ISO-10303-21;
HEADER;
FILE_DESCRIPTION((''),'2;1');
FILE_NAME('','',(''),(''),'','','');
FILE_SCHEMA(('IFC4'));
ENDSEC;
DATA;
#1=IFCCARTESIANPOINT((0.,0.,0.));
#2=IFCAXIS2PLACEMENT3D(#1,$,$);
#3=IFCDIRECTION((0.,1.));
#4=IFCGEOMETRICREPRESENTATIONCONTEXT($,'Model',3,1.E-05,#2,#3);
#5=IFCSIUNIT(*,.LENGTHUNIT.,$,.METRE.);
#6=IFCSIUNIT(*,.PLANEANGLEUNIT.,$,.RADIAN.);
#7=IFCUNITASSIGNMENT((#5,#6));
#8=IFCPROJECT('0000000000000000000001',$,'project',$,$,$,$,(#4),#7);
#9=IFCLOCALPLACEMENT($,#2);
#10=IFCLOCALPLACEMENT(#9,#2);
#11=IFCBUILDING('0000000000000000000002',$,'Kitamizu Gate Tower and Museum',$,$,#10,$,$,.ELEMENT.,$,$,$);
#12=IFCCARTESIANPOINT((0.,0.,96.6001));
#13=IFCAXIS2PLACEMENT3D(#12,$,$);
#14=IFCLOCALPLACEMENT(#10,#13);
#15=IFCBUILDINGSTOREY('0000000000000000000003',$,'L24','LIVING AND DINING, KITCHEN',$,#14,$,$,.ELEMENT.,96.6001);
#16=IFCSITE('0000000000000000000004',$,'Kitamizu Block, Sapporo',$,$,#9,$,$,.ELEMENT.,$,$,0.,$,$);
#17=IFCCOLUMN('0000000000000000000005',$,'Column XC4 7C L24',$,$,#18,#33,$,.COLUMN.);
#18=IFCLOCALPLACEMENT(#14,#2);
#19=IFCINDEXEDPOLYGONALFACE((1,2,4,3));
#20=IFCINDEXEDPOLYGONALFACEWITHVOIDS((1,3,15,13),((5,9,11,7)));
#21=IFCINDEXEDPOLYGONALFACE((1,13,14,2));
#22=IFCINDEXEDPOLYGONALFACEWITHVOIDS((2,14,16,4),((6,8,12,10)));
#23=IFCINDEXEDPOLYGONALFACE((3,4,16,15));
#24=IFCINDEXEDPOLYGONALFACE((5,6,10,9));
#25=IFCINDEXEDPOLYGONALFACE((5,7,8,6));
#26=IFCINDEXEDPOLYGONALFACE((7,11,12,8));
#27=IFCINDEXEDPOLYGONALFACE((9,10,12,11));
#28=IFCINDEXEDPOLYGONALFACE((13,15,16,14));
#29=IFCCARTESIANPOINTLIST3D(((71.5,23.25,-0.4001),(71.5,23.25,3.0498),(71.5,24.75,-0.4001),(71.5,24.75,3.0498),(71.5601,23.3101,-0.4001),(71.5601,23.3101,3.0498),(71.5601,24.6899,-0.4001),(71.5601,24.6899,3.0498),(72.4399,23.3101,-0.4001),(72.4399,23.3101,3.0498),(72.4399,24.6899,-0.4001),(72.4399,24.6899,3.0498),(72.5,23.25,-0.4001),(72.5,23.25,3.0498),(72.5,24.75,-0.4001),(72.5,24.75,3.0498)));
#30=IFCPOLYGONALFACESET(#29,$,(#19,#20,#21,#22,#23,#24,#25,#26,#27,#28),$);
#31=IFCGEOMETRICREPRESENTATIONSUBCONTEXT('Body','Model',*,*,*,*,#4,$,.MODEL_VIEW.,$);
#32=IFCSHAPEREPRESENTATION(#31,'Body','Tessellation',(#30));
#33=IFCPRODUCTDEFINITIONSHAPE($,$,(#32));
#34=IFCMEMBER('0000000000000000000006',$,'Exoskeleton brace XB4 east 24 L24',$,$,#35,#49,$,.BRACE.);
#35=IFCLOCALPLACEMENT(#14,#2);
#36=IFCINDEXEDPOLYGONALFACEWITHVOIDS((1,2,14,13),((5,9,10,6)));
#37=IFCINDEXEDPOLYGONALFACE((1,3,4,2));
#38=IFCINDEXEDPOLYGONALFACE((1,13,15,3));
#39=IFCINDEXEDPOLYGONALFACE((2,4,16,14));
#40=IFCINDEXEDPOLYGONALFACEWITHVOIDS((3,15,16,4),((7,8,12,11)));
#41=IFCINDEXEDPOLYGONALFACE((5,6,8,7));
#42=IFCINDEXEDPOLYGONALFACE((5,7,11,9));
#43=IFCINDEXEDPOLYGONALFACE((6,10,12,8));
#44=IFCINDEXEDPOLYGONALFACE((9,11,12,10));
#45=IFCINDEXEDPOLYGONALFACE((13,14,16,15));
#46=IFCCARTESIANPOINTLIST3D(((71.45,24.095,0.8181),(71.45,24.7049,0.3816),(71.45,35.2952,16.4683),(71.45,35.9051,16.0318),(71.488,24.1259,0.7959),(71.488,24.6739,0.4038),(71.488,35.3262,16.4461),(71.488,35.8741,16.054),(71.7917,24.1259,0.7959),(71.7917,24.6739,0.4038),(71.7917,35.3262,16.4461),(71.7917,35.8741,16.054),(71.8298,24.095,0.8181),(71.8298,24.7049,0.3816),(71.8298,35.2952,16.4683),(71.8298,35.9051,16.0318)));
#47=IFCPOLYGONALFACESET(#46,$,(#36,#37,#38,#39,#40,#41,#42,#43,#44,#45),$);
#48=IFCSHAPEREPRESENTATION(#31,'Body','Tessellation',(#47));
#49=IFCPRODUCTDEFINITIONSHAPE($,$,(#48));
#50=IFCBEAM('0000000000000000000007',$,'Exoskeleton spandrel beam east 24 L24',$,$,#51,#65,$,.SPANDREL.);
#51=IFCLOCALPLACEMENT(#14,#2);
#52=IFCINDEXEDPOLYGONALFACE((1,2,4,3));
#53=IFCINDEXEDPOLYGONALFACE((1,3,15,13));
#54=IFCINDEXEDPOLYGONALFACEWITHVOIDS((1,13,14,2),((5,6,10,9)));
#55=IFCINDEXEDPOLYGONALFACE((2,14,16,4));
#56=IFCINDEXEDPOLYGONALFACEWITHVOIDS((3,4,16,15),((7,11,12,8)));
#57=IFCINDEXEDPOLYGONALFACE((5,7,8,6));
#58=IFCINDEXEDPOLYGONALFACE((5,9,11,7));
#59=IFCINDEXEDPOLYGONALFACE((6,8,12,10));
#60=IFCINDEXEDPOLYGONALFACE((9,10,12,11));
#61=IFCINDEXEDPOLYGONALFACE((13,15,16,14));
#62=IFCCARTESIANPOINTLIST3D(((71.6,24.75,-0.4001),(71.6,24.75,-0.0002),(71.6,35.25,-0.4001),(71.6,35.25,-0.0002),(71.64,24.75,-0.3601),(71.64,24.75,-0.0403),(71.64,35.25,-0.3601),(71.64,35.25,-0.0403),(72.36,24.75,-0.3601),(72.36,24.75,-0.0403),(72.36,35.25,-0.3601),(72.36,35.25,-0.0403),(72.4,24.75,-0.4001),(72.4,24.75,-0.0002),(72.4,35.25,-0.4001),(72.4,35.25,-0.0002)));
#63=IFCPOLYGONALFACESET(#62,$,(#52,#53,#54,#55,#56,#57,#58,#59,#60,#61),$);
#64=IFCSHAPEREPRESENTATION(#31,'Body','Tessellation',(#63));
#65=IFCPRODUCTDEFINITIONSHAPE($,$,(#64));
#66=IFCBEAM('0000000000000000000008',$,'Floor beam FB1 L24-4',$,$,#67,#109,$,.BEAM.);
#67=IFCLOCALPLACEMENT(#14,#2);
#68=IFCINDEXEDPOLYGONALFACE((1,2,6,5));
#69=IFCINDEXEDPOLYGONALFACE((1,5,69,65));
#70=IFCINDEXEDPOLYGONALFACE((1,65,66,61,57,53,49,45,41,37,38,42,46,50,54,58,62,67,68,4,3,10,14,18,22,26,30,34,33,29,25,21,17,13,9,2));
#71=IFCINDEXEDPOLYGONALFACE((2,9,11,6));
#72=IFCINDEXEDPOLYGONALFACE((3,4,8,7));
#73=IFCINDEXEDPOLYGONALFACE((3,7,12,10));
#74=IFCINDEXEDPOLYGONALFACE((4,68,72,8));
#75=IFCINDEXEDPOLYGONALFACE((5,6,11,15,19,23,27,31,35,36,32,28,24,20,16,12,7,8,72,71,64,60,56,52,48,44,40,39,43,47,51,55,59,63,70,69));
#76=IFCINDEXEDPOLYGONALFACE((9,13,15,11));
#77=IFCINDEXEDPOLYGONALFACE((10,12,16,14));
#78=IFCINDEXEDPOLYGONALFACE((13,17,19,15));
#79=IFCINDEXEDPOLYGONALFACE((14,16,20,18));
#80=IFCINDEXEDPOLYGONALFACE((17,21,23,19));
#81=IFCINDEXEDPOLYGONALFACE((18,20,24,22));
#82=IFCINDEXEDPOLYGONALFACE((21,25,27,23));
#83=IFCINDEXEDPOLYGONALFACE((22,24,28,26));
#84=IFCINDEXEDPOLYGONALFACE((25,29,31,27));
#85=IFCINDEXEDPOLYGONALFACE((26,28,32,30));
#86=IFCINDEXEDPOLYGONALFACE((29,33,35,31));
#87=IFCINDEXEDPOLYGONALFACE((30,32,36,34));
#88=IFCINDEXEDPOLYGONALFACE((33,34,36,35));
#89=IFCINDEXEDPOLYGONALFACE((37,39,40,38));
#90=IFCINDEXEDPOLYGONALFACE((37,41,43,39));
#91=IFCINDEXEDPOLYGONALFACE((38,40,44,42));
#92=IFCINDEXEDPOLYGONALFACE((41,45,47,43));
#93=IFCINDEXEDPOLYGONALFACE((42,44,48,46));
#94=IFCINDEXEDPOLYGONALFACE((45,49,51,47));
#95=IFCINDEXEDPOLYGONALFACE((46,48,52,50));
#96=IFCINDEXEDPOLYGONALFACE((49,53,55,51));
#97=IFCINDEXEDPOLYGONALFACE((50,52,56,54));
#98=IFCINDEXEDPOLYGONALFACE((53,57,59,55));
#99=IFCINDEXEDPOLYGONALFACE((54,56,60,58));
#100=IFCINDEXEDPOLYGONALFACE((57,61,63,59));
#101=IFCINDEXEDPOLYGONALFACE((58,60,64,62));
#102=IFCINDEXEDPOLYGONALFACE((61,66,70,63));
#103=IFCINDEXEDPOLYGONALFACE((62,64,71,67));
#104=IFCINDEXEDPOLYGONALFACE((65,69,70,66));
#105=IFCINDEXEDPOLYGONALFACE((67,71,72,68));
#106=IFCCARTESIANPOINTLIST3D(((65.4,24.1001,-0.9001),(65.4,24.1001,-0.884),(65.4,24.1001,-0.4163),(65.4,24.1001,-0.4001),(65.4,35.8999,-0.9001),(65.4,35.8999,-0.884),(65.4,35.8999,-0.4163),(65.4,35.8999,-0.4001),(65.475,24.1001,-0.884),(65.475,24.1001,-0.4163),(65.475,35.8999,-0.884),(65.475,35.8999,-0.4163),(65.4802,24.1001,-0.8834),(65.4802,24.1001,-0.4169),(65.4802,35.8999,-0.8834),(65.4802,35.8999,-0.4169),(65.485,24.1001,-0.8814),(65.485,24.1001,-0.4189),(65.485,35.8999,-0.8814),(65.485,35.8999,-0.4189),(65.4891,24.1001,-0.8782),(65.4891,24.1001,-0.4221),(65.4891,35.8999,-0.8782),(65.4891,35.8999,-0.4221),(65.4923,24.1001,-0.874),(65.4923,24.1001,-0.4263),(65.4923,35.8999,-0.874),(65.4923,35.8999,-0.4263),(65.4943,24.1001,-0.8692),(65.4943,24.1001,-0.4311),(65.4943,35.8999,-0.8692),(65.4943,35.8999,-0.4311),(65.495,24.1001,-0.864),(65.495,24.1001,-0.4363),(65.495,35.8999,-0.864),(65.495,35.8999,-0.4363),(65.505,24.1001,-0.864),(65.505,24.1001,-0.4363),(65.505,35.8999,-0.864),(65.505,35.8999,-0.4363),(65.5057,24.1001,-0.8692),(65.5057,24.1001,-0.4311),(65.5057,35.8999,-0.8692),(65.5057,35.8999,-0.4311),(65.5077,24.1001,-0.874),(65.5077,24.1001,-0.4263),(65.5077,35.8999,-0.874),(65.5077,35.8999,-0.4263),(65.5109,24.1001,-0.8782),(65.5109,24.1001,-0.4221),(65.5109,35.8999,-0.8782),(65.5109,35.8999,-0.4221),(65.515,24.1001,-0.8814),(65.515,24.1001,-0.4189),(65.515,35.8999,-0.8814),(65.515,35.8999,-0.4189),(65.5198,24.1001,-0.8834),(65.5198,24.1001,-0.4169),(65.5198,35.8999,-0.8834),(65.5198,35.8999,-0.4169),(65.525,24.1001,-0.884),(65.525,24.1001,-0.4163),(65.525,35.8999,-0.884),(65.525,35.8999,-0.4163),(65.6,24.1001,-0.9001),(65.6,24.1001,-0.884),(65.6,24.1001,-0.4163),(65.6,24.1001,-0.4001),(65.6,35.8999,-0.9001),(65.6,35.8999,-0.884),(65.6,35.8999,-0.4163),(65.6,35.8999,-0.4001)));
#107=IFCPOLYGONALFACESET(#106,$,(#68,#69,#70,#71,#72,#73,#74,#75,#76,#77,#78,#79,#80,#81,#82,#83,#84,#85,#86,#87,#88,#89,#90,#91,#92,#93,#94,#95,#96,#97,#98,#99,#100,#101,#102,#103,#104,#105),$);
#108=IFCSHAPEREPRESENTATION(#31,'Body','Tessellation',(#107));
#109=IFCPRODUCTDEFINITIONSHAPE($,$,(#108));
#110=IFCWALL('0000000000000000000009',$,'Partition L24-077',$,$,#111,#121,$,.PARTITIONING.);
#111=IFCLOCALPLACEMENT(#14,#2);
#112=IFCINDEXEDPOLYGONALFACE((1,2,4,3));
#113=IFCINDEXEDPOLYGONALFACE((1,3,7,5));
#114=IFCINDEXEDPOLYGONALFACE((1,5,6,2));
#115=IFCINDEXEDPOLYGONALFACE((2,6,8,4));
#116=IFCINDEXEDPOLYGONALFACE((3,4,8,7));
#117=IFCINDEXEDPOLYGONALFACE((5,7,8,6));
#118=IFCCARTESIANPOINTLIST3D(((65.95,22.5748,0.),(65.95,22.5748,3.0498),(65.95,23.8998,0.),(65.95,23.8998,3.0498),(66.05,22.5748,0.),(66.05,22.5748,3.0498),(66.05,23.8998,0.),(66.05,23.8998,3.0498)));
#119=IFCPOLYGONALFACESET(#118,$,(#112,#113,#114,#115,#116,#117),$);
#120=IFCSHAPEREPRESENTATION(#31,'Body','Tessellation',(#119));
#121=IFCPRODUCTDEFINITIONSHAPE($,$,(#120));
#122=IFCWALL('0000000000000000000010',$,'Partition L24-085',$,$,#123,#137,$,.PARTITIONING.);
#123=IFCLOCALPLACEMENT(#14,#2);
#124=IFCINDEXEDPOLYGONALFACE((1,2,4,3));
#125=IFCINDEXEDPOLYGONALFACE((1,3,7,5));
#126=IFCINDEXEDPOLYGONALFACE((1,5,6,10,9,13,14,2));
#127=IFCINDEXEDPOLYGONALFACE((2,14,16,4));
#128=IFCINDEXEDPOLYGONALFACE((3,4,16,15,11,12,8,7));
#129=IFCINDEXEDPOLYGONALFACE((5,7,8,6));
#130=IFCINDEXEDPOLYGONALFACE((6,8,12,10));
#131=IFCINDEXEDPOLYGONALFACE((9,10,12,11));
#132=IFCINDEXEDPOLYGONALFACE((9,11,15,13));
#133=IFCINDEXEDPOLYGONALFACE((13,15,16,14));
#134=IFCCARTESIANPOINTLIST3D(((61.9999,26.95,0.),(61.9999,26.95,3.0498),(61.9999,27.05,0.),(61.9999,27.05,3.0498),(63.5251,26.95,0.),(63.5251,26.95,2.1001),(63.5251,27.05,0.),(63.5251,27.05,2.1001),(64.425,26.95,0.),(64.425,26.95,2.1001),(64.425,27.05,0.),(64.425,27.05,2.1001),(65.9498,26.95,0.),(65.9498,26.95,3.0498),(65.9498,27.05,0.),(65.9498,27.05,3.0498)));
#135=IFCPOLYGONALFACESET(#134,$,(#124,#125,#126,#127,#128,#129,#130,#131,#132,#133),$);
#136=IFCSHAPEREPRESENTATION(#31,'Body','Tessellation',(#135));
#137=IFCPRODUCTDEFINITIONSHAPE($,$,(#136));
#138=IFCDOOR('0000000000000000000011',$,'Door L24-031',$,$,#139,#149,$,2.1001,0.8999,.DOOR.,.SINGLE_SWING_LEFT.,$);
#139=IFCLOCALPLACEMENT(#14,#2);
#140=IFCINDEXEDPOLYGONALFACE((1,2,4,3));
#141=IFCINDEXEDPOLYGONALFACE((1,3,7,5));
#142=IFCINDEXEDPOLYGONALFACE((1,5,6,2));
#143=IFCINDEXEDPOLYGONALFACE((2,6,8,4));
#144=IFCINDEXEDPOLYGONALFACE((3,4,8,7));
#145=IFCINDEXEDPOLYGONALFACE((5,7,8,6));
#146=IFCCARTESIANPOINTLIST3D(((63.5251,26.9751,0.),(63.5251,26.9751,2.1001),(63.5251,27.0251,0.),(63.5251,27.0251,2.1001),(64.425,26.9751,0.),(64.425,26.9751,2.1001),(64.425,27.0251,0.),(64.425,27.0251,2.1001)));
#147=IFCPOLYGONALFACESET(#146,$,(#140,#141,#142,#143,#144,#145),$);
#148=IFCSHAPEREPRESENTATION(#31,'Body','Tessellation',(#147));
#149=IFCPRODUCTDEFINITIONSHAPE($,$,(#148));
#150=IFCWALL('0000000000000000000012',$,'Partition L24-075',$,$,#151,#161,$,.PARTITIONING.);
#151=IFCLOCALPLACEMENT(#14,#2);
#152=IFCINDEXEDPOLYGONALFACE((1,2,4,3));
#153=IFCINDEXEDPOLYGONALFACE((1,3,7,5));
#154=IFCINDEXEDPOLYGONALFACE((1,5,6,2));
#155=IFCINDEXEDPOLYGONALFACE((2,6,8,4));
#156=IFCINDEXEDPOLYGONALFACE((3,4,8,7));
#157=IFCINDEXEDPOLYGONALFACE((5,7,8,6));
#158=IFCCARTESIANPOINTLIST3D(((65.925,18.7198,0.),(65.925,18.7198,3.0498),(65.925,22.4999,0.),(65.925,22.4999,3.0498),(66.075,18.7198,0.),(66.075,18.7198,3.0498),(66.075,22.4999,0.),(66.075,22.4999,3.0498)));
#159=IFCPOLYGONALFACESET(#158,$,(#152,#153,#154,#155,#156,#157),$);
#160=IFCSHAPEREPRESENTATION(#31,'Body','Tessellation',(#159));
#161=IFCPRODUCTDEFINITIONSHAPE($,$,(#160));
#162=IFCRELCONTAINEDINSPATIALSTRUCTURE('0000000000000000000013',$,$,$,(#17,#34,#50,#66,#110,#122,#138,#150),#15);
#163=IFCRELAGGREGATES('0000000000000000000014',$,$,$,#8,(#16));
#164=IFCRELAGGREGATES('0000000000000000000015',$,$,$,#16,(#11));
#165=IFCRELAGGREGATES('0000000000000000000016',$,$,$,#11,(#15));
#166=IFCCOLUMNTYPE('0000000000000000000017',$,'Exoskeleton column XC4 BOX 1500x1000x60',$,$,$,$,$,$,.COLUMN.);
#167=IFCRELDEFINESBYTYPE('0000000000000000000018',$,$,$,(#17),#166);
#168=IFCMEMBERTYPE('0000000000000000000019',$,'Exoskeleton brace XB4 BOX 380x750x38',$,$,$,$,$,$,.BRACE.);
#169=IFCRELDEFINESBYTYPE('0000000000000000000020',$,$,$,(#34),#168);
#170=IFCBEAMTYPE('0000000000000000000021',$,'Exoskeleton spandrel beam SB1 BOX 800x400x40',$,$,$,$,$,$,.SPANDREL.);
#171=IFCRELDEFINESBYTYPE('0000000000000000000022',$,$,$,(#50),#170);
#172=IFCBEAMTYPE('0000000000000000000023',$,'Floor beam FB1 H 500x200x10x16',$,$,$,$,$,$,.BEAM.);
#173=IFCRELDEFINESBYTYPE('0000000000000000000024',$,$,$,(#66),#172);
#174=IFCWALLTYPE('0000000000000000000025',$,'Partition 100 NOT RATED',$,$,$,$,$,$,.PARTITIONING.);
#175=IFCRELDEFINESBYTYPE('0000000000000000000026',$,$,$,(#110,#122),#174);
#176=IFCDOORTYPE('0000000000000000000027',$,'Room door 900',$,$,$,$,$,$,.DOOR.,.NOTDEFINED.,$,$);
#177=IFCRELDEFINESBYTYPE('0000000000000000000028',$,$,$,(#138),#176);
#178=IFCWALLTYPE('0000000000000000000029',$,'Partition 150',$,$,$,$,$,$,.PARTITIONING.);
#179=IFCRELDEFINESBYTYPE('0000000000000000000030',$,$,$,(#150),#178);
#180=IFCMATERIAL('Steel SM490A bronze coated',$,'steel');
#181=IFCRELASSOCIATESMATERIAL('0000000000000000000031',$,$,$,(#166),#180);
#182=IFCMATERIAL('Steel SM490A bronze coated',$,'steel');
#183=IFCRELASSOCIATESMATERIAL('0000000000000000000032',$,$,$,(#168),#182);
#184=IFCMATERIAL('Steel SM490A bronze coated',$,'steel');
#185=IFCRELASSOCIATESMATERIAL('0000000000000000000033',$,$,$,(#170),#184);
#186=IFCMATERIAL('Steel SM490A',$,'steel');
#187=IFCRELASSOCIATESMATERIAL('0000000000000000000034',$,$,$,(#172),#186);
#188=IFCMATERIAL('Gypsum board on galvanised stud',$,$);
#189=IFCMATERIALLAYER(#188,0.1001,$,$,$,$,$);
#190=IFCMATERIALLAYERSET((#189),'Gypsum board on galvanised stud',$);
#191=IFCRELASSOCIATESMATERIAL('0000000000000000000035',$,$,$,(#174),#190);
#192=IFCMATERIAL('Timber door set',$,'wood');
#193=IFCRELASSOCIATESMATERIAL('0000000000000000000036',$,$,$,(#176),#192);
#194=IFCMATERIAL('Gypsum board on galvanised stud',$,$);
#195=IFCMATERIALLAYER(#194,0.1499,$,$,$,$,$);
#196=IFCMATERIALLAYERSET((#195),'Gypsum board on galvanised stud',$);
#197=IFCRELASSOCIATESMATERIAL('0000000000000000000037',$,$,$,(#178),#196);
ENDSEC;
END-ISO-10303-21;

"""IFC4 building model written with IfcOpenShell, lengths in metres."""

from ifc_helpers import new_model, si_unit, direction, frame, frame_2d, origin, origin_2d, place, context, subcontext, project, spatial, rectangle, hollow_rectangle, i_section, extrude, material, layer, layer_set, material_profile, profile_set, type_object, element, fill, save


model = new_model("IFC4")

# Units and contexts
model_context = context("Model", 3, precision=1e-05, world=origin(), true_north=direction((0.0, 1.0)))
body_context = subcontext(model_context, "Body", "Model", "MODEL_VIEW")
ifc_project = project(units=[si_unit("LENGTHUNIT", "METRE"), si_unit("PLANEANGLEUNIT", "RADIAN")], contexts=[model_context])

# Site, building, storey
site_placement = place(None, origin())
site = spatial("IfcSite", under=ifc_project, at=site_placement, Name="Kitamizu Block, Sapporo", CompositionType="ELEMENT", RefElevation=0.0)
building_placement = place(site_placement, origin())
building = spatial("IfcBuilding", under=site, at=building_placement, Name="Kitamizu Gate Tower and Museum", CompositionType="ELEMENT")
storey_placement = place(building_placement, frame((0.0, 0.0, 96.6001)))
storey = spatial("IfcBuildingStorey", under=building, at=storey_placement, Name="L24", Description="LIVING AND DINING, KITCHEN", CompositionType="ELEMENT", Elevation=96.6001)

# Column
ifc_material_1 = material(Name="Steel SM490A bronze coated", Category="steel")
ifc_material_profile_1 = material_profile(ifc_material_1, hollow_rectangle(XDim=1.5, YDim=1.0, WallThickness=0.0601, at=origin_2d()), Name="BOX 1500x1000x60")
ifc_profile_set_1 = profile_set([ifc_material_profile_1], Name="Steel SM490A bronze coated")
column_type = type_object("IfcColumnType", Name="Exoskeleton column XC4 BOX 1500x1000x60", PredefinedType="COLUMN", material=ifc_profile_set_1)
column_placement = place(storey_placement, frame((72.0, 24.0, -0.4001), z_axis=(0.0, 0.0, 1.0), x_axis=(0.0, 1.0, 0.0)))
element("IfcColumn", 1, at=column_placement, inside=storey, type_object=column_type, Name="Column XC4 7C L24", PredefinedType="COLUMN", context=body_context, shape_type="SweptSolid", body=[
    extrude(hollow_rectangle(XDim=1.5, YDim=1.0, WallThickness=0.0601, at=origin_2d()), origin(), (0.0, 0.0, 1.0), 3.45),
])

# Member
ifc_material_2 = material(Name="Steel SM490A bronze coated", Category="steel")
ifc_material_profile_2 = material_profile(ifc_material_2, hollow_rectangle(XDim=0.3799, YDim=0.75, WallThickness=0.0381, at=origin_2d()), Name="BOX 380x750x38")
ifc_profile_set_2 = profile_set([ifc_material_profile_2], Name="Steel SM490A bronze coated")
member_type = type_object("IfcMemberType", Name="Exoskeleton brace XB4 BOX 380x750x38", PredefinedType="BRACE", material=ifc_profile_set_2)
member_placement = place(storey_placement, frame((71.6399, 24.3999, 0.5999), z_axis=(0.0, 0.581978, 0.813204), x_axis=(-1.0, 0.0, 0.0)))
element("IfcMember", 2, at=member_placement, inside=storey, type_object=member_type, Name="Exoskeleton brace XB4 east 24 L24", PredefinedType="BRACE", context=body_context, shape_type="SweptSolid", body=[
    extrude(hollow_rectangle(XDim=0.3799, YDim=0.75, WallThickness=0.0381, at=origin_2d()), origin(), (0.0, 0.0, 1.0), 19.2451),
])

# Beams
ifc_material_3 = material(Name="Steel SM490A bronze coated", Category="steel")
ifc_material_profile_3 = material_profile(ifc_material_3, hollow_rectangle(XDim=0.8, YDim=0.3999, WallThickness=0.04, at=origin_2d()), Name="BOX 800x400x40")
ifc_profile_set_3 = profile_set([ifc_material_profile_3], Name="Steel SM490A bronze coated")
beam_type_1 = type_object("IfcBeamType", Name="Exoskeleton spandrel beam SB1 BOX 800x400x40", PredefinedType="SPANDREL", material=ifc_profile_set_3)
beam_1_placement = place(storey_placement, frame((72.0, 24.75, -0.2002), z_axis=(0.0, 1.0, 0.0), x_axis=(-1.0, 0.0, 0.0)))
element("IfcBeam", 3, at=beam_1_placement, inside=storey, type_object=beam_type_1, Name="Exoskeleton spandrel beam east 24 L24", PredefinedType="SPANDREL", context=body_context, shape_type="SweptSolid", body=[
    extrude(hollow_rectangle(XDim=0.8, YDim=0.3999, WallThickness=0.04, at=origin_2d()), origin(), (0.0, 0.0, 1.0), 10.5),
])
ifc_material_4 = material(Name="Steel SM490A", Category="steel")
ifc_material_profile_4 = material_profile(ifc_material_4, i_section(OverallWidth=0.2, OverallDepth=0.5, WebThickness=0.01, FlangeThickness=0.0161, FilletRadius=0.02, at=origin_2d()), Name="H-500x200x10x16")
ifc_profile_set_4 = profile_set([ifc_material_profile_4], Name="Steel SM490A")
beam_type_2 = type_object("IfcBeamType", Name="Floor beam FB1 H 500x200x10x16", PredefinedType="BEAM", material=ifc_profile_set_4)
beam_2_placement = place(storey_placement, frame((65.5, 24.1001, -0.6501), z_axis=(0.0, 1.0, 0.0), x_axis=(-1.0, 0.0, 0.0)))
element("IfcBeam", 4, at=beam_2_placement, inside=storey, type_object=beam_type_2, Name="Floor beam FB1 L24-4", PredefinedType="BEAM", context=body_context, shape_type="SweptSolid", body=[
    extrude(i_section(OverallWidth=0.2, OverallDepth=0.5, WebThickness=0.01, FlangeThickness=0.0161, FilletRadius=0.02, at=origin_2d()), origin(), (0.0, 0.0, 1.0), 11.7998),
])

# Wall
ifc_material_5 = material(Name="Gypsum board on galvanised stud")
ifc_layer_1 = layer(ifc_material_5, 0.1001)
ifc_layer_set_1 = layer_set([ifc_layer_1], Name="Gypsum board on galvanised stud")
wall_type_1 = type_object("IfcWallType", Name="Partition 100 NOT RATED", PredefinedType="PARTITIONING", material=ifc_layer_set_1)
wall_1_placement = place(storey_placement, frame((66.0, 23.8999, 0.0), z_axis=(0.0, 0.0, 1.0), x_axis=(0.0, -1.0, 0.0)))
element("IfcWall", 5, at=wall_1_placement, inside=storey, type_object=wall_type_1, Name="Partition L24-077", PredefinedType="PARTITIONING", context=body_context, shape_type="SweptSolid", body=[
    extrude(rectangle(XDim=1.325, YDim=0.1001, at=frame_2d((0.6626, 0.0))), origin(), (0.0, 0.0, 1.0), 3.0498),
])

# Wall, opening, door
wall_2_placement = place(storey_placement, frame((65.95, 27.0, 0.0), z_axis=(0.0, 0.0, 1.0), x_axis=(-1.0, 0.0, 0.0)))
wall_2 = element("IfcWall", 6, at=wall_2_placement, inside=storey, type_object=wall_type_1, Name="Partition L24-085", PredefinedType="PARTITIONING", context=body_context, shape_type="SweptSolid", body=[
    extrude(rectangle(XDim=3.95, YDim=0.1001, at=frame_2d((1.9751, 0.0))), origin(), (0.0, 0.0, 1.0), 3.0498),
])
opening_1_placement = place(wall_2_placement, frame((1.5249, 0.0, 0.0)))
opening_1 = element("IfcOpeningElement", 7, at=opening_1_placement, cuts=wall_2, PredefinedType="OPENING", context=body_context, shape_type="SweptSolid", body=[
    extrude(rectangle(XDim=0.8999, YDim=2.1001, at=frame_2d((0.45, 1.05))), frame((0.0, 0.0601, 0.0), z_axis=(0.0, -1.0, 0.0), x_axis=(1.0, 0.0, 0.0)), (0.0, 0.0, 1.0), 0.1201),
])
ifc_material_6 = material(Name="Timber door set", Category="wood")
door_type_1 = type_object("IfcDoorType", Name="Room door 900", OperationType="NOTDEFINED", PredefinedType="DOOR", material=ifc_material_6)
door_1_placement = place(opening_1_placement, origin())
door_1 = element("IfcDoor", 8, at=door_1_placement, inside=storey, type_object=door_type_1, Name="Door L24-031", OperationType="SINGLE_SWING_LEFT", OverallHeight=2.1001, OverallWidth=0.8999, PredefinedType="DOOR", context=body_context, shape_type="SweptSolid", body=[
    extrude(rectangle(XDim=0.8999, YDim=2.1001, at=frame_2d((0.45, 1.05))), frame((0.0, 0.0249, 0.0), z_axis=(0.0, -1.0, 0.0), x_axis=(1.0, 0.0, 0.0)), (0.0, 0.0, 1.0), 0.05),
])
fill(opening_1, door_1)

# Wall
ifc_material_7 = material(Name="Gypsum board on galvanised stud")
ifc_layer_2 = layer(ifc_material_7, 0.1499)
ifc_layer_set_2 = layer_set([ifc_layer_2], Name="Gypsum board on galvanised stud")
wall_type_2 = type_object("IfcWallType", Name="Partition 150", PredefinedType="PARTITIONING", material=ifc_layer_set_2)
wall_3_placement = place(storey_placement, frame((66.0, 22.5, 0.0), z_axis=(0.0, 0.0, 1.0), x_axis=(0.0, -1.0, 0.0)))
element("IfcWall", 9, at=wall_3_placement, inside=storey, type_object=wall_type_2, Name="Partition L24-075", PredefinedType="PARTITIONING", context=body_context, shape_type="SweptSolid", body=[
    extrude(rectangle(XDim=3.78, YDim=0.1499, at=frame_2d((1.8901, 0.0))), origin(), (0.0, 0.0, 1.0), 3.0498),
])

save(model, "model.ifc")
